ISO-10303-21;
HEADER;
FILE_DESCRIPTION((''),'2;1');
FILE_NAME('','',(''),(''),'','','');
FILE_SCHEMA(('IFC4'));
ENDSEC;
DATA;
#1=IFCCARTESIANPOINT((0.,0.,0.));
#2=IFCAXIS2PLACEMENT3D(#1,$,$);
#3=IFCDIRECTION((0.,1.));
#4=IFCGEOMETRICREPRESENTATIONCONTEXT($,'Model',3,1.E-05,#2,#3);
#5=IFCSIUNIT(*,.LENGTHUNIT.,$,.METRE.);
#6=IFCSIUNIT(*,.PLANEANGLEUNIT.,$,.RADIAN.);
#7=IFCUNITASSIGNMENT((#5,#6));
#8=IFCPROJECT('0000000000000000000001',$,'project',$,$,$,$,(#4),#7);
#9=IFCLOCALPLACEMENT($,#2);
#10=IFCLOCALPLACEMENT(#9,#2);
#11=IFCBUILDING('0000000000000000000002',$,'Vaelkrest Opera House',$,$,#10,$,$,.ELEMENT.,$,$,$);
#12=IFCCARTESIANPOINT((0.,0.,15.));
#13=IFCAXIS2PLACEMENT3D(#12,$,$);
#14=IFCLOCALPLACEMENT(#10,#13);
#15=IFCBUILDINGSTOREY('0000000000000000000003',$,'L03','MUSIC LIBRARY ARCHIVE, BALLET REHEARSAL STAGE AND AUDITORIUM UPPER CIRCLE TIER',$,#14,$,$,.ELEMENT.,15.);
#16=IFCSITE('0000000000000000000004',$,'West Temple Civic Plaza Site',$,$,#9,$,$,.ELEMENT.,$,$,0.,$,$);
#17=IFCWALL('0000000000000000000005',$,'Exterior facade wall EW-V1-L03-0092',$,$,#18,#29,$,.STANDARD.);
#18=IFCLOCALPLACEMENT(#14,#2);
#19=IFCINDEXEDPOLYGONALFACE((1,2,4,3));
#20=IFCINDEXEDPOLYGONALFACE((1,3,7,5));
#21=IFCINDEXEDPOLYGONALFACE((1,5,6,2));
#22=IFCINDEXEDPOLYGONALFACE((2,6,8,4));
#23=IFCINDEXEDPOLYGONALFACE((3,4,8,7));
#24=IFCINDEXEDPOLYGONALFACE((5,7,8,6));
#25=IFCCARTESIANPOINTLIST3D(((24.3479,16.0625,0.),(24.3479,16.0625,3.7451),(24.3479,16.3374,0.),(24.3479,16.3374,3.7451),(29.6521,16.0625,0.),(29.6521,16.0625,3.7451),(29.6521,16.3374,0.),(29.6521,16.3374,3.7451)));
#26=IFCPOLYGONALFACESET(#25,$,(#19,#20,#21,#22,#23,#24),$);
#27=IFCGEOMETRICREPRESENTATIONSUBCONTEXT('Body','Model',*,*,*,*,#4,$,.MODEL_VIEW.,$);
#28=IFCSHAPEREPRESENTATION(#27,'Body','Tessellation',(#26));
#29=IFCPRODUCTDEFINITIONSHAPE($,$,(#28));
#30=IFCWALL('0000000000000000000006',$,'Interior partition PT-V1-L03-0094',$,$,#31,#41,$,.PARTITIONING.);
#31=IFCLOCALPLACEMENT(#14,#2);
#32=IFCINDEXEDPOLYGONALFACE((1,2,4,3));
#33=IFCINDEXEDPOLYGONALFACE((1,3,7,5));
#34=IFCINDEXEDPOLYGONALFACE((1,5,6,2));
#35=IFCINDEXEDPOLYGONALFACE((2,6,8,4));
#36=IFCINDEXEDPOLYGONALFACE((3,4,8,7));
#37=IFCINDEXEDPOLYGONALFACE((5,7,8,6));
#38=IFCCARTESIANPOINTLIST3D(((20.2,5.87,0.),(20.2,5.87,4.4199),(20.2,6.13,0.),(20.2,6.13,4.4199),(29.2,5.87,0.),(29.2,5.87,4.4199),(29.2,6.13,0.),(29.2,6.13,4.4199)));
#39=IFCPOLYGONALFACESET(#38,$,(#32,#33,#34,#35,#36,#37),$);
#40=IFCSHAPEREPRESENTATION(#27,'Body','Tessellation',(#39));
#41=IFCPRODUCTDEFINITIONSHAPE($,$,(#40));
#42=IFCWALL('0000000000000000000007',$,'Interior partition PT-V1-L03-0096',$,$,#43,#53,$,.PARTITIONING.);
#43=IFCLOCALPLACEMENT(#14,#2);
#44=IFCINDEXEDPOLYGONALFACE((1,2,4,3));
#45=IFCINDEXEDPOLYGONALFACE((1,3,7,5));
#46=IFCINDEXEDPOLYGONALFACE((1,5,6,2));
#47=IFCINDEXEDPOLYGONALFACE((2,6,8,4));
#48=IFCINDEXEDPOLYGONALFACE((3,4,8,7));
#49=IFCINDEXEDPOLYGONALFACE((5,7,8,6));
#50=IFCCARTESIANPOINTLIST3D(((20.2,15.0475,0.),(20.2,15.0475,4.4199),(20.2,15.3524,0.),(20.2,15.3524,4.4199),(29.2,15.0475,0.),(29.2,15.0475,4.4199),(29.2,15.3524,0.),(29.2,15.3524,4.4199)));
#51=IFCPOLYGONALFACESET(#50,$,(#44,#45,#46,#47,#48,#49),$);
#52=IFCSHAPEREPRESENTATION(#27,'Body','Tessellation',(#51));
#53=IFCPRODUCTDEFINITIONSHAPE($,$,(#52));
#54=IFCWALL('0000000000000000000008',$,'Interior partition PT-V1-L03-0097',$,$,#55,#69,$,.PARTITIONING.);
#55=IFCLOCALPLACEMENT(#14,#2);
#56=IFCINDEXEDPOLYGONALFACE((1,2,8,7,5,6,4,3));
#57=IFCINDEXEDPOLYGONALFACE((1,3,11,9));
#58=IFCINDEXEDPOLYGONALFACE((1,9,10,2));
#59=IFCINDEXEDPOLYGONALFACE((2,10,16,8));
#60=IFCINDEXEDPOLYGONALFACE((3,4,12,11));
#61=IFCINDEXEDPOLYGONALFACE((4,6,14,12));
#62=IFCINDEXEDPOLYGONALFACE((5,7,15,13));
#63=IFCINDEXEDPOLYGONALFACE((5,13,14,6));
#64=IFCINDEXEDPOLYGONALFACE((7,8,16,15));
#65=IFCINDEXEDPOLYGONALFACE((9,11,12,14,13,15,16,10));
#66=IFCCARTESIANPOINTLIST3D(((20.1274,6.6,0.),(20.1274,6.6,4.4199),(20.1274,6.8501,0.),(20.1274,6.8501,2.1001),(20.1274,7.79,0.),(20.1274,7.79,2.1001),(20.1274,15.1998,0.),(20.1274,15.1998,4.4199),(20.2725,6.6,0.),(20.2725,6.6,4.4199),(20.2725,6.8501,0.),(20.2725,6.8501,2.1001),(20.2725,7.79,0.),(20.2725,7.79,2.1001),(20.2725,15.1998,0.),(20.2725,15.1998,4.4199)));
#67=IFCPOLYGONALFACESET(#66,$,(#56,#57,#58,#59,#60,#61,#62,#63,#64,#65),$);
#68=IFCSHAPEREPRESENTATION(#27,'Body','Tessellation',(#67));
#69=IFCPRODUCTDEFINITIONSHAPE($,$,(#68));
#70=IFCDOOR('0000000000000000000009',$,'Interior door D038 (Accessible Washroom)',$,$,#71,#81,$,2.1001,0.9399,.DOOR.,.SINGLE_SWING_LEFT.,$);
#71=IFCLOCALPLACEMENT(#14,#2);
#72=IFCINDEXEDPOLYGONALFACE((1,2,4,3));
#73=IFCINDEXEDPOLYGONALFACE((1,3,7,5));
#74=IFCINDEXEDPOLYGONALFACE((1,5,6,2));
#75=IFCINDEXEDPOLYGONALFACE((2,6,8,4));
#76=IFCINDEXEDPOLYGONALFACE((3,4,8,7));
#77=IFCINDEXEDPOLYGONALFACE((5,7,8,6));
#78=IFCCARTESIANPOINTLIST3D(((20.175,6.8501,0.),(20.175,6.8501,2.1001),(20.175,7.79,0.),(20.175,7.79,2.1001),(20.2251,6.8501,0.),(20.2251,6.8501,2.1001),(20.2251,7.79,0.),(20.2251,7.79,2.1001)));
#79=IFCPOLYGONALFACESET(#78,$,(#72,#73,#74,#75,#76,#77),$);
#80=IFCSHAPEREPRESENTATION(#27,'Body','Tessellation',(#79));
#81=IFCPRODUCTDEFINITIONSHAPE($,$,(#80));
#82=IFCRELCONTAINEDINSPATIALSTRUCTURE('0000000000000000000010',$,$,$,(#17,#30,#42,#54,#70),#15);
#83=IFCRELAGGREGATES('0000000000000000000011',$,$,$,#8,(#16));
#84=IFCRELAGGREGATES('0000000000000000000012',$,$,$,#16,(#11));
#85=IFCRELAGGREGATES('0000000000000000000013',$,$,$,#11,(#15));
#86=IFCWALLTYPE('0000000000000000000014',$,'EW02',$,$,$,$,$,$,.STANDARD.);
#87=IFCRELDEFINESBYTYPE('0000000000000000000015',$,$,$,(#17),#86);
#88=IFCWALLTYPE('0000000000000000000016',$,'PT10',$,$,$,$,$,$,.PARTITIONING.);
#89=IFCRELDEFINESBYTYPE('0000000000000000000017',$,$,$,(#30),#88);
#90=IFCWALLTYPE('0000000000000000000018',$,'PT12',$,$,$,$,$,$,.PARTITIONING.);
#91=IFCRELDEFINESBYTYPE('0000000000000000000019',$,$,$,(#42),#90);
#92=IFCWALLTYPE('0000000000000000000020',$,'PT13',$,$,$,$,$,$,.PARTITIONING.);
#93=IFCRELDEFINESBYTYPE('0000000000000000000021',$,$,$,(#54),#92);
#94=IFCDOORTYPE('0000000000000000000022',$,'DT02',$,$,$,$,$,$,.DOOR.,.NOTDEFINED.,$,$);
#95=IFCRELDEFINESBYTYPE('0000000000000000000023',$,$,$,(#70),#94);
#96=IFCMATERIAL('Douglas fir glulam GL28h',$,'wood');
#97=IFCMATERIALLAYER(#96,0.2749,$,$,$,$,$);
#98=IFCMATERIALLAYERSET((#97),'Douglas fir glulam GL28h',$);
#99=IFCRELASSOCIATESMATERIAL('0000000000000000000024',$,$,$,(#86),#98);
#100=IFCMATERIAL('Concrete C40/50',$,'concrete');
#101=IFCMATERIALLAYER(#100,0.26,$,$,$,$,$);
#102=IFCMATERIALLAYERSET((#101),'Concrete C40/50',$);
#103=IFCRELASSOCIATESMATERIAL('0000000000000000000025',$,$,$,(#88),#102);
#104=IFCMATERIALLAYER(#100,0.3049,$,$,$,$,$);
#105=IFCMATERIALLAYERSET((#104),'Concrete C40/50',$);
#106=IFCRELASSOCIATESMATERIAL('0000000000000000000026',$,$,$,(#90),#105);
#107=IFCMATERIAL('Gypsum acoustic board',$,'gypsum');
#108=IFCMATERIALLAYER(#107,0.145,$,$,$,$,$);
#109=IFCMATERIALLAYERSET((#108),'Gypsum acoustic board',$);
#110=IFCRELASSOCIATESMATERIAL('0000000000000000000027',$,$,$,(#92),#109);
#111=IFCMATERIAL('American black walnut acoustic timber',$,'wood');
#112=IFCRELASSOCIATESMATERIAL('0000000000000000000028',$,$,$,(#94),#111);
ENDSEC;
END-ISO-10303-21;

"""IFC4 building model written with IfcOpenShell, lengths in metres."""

from ifc_helpers import new_model, si_unit, direction, frame, frame_2d, origin, place, context, subcontext, project, spatial, rectangle, extrude, material, layer, layer_set, type_object, element, fill, save


model = new_model("IFC4")

# Units and contexts
model_context = context("Model", 3, precision=1e-05, world=origin(), true_north=direction((0.0, 1.0)))
body_context = subcontext(model_context, "Body", "Model", "MODEL_VIEW")
ifc_project = project(units=[si_unit("LENGTHUNIT", "METRE"), si_unit("PLANEANGLEUNIT", "RADIAN")], contexts=[model_context])

# Site, building, storey
site_placement = place(None, origin())
site = spatial("IfcSite", under=ifc_project, at=site_placement, Name="West Temple Civic Plaza Site", CompositionType="ELEMENT", RefElevation=0.0)
building_placement = place(site_placement, origin())
building = spatial("IfcBuilding", under=site, at=building_placement, Name="Vaelkrest Opera House", CompositionType="ELEMENT")
storey_placement = place(building_placement, frame((0.0, 0.0, 15.0)))
storey = spatial("IfcBuildingStorey", under=building, at=storey_placement, Name="L03", Description="MUSIC LIBRARY ARCHIVE, BALLET REHEARSAL STAGE AND AUDITORIUM UPPER CIRCLE TIER", CompositionType="ELEMENT", Elevation=15.0)

# Walls
ifc_material_1 = material(Name="Douglas fir glulam GL28h", Category="wood")
ifc_layer_1 = layer(ifc_material_1, 0.2749)
ifc_layer_set_1 = layer_set([ifc_layer_1], Name="Douglas fir glulam GL28h")
wall_type_1 = type_object("IfcWallType", Name="EW02", PredefinedType="STANDARD", material=ifc_layer_set_1)
wall_1_placement = place(storey_placement, frame((24.3479, 16.2, 0.0), z_axis=(0.0, 0.0, 1.0), x_axis=(1.0, 0.0, 0.0)))
element("IfcWall", 1, at=wall_1_placement, inside=storey, type_object=wall_type_1, Name="Exterior facade wall EW-V1-L03-0092", PredefinedType="STANDARD", context=body_context, shape_type="SweptSolid", body=[
    extrude(rectangle(XDim=5.3042, YDim=0.2749, at=frame_2d((2.6521, 0.0))), origin(), (0.0, 0.0, 1.0), 3.7451),
])
ifc_material_2 = material(Name="Concrete C40/50", Category="concrete")
ifc_layer_2 = layer(ifc_material_2, 0.26)
ifc_layer_set_2 = layer_set([ifc_layer_2], Name="Concrete C40/50")
wall_type_2 = type_object("IfcWallType", Name="PT10", PredefinedType="PARTITIONING", material=ifc_layer_set_2)
wall_2_placement = place(storey_placement, frame((20.2, 6.0, 0.0), z_axis=(0.0, 0.0, 1.0), x_axis=(1.0, 0.0, 0.0)))
element("IfcWall", 2, at=wall_2_placement, inside=storey, type_object=wall_type_2, Name="Interior partition PT-V1-L03-0094", PredefinedType="PARTITIONING", context=body_context, shape_type="SweptSolid", body=[
    extrude(rectangle(XDim=9.0, YDim=0.26, at=frame_2d((4.5, 0.0))), origin(), (0.0, 0.0, 1.0), 4.4199),
])
ifc_layer_3 = layer(ifc_material_2, 0.3049)
ifc_layer_set_3 = layer_set([ifc_layer_3], Name="Concrete C40/50")
wall_type_3 = type_object("IfcWallType", Name="PT12", PredefinedType="PARTITIONING", material=ifc_layer_set_3)
wall_3_placement = place(storey_placement, frame((20.2, 15.2, 0.0), z_axis=(0.0, 0.0, 1.0), x_axis=(1.0, 0.0, 0.0)))
element("IfcWall", 3, at=wall_3_placement, inside=storey, type_object=wall_type_3, Name="Interior partition PT-V1-L03-0096", PredefinedType="PARTITIONING", context=body_context, shape_type="SweptSolid", body=[
    extrude(rectangle(XDim=9.0, YDim=0.3049, at=frame_2d((4.5, 0.0))), origin(), (0.0, 0.0, 1.0), 4.4199),
])

# Wall, opening, door
ifc_material_3 = material(Name="Gypsum acoustic board", Category="gypsum")
ifc_layer_4 = layer(ifc_material_3, 0.145)
ifc_layer_set_4 = layer_set([ifc_layer_4], Name="Gypsum acoustic board")
wall_type_4 = type_object("IfcWallType", Name="PT13", PredefinedType="PARTITIONING", material=ifc_layer_set_4)
wall_4_placement = place(storey_placement, frame((20.2, 6.6001, 0.0), z_axis=(0.0, 0.0, 1.0), x_axis=(0.0, 1.0, 0.0)))
wall_4 = element("IfcWall", 4, at=wall_4_placement, inside=storey, type_object=wall_type_4, Name="Interior partition PT-V1-L03-0097", PredefinedType="PARTITIONING", context=body_context, shape_type="SweptSolid", body=[
    extrude(rectangle(XDim=8.5999, YDim=0.145, at=frame_2d((4.2998, 0.0))), origin(), (0.0, 0.0, 1.0), 4.4199),
])
opening_placement = place(wall_4_placement, frame((0.25, 0.0, 0.0)))
opening = element("IfcOpeningElement", 5, at=opening_placement, cuts=wall_4, PredefinedType="OPENING", context=body_context, shape_type="SweptSolid", body=[
    extrude(rectangle(XDim=0.9399, YDim=2.1001, at=frame_2d((0.47, 1.05))), frame((0.0, 0.0825, 0.0), z_axis=(0.0, -1.0, 0.0), x_axis=(1.0, 0.0, 0.0)), (0.0, 0.0, 1.0), 0.165),
])
ifc_material_4 = material(Name="American black walnut acoustic timber", Category="wood")
door_type = type_object("IfcDoorType", Name="DT02", OperationType="NOTDEFINED", PredefinedType="DOOR", material=ifc_material_4)
door_placement = place(opening_placement, origin())
door = element("IfcDoor", 6, at=door_placement, inside=storey, type_object=door_type, Name="Interior door D038 (Accessible Washroom)", OperationType="SINGLE_SWING_LEFT", OverallHeight=2.1001, OverallWidth=0.9399, PredefinedType="DOOR", context=body_context, shape_type="SweptSolid", body=[
    extrude(rectangle(XDim=0.9399, YDim=2.1001, at=frame_2d((0.47, 1.05))), frame((0.0, 0.0249, 0.0), z_axis=(0.0, -1.0, 0.0), x_axis=(1.0, 0.0, 0.0)), (0.0, 0.0, 1.0), 0.05),
])
fill(opening, door)

save(model, "model.ifc")
